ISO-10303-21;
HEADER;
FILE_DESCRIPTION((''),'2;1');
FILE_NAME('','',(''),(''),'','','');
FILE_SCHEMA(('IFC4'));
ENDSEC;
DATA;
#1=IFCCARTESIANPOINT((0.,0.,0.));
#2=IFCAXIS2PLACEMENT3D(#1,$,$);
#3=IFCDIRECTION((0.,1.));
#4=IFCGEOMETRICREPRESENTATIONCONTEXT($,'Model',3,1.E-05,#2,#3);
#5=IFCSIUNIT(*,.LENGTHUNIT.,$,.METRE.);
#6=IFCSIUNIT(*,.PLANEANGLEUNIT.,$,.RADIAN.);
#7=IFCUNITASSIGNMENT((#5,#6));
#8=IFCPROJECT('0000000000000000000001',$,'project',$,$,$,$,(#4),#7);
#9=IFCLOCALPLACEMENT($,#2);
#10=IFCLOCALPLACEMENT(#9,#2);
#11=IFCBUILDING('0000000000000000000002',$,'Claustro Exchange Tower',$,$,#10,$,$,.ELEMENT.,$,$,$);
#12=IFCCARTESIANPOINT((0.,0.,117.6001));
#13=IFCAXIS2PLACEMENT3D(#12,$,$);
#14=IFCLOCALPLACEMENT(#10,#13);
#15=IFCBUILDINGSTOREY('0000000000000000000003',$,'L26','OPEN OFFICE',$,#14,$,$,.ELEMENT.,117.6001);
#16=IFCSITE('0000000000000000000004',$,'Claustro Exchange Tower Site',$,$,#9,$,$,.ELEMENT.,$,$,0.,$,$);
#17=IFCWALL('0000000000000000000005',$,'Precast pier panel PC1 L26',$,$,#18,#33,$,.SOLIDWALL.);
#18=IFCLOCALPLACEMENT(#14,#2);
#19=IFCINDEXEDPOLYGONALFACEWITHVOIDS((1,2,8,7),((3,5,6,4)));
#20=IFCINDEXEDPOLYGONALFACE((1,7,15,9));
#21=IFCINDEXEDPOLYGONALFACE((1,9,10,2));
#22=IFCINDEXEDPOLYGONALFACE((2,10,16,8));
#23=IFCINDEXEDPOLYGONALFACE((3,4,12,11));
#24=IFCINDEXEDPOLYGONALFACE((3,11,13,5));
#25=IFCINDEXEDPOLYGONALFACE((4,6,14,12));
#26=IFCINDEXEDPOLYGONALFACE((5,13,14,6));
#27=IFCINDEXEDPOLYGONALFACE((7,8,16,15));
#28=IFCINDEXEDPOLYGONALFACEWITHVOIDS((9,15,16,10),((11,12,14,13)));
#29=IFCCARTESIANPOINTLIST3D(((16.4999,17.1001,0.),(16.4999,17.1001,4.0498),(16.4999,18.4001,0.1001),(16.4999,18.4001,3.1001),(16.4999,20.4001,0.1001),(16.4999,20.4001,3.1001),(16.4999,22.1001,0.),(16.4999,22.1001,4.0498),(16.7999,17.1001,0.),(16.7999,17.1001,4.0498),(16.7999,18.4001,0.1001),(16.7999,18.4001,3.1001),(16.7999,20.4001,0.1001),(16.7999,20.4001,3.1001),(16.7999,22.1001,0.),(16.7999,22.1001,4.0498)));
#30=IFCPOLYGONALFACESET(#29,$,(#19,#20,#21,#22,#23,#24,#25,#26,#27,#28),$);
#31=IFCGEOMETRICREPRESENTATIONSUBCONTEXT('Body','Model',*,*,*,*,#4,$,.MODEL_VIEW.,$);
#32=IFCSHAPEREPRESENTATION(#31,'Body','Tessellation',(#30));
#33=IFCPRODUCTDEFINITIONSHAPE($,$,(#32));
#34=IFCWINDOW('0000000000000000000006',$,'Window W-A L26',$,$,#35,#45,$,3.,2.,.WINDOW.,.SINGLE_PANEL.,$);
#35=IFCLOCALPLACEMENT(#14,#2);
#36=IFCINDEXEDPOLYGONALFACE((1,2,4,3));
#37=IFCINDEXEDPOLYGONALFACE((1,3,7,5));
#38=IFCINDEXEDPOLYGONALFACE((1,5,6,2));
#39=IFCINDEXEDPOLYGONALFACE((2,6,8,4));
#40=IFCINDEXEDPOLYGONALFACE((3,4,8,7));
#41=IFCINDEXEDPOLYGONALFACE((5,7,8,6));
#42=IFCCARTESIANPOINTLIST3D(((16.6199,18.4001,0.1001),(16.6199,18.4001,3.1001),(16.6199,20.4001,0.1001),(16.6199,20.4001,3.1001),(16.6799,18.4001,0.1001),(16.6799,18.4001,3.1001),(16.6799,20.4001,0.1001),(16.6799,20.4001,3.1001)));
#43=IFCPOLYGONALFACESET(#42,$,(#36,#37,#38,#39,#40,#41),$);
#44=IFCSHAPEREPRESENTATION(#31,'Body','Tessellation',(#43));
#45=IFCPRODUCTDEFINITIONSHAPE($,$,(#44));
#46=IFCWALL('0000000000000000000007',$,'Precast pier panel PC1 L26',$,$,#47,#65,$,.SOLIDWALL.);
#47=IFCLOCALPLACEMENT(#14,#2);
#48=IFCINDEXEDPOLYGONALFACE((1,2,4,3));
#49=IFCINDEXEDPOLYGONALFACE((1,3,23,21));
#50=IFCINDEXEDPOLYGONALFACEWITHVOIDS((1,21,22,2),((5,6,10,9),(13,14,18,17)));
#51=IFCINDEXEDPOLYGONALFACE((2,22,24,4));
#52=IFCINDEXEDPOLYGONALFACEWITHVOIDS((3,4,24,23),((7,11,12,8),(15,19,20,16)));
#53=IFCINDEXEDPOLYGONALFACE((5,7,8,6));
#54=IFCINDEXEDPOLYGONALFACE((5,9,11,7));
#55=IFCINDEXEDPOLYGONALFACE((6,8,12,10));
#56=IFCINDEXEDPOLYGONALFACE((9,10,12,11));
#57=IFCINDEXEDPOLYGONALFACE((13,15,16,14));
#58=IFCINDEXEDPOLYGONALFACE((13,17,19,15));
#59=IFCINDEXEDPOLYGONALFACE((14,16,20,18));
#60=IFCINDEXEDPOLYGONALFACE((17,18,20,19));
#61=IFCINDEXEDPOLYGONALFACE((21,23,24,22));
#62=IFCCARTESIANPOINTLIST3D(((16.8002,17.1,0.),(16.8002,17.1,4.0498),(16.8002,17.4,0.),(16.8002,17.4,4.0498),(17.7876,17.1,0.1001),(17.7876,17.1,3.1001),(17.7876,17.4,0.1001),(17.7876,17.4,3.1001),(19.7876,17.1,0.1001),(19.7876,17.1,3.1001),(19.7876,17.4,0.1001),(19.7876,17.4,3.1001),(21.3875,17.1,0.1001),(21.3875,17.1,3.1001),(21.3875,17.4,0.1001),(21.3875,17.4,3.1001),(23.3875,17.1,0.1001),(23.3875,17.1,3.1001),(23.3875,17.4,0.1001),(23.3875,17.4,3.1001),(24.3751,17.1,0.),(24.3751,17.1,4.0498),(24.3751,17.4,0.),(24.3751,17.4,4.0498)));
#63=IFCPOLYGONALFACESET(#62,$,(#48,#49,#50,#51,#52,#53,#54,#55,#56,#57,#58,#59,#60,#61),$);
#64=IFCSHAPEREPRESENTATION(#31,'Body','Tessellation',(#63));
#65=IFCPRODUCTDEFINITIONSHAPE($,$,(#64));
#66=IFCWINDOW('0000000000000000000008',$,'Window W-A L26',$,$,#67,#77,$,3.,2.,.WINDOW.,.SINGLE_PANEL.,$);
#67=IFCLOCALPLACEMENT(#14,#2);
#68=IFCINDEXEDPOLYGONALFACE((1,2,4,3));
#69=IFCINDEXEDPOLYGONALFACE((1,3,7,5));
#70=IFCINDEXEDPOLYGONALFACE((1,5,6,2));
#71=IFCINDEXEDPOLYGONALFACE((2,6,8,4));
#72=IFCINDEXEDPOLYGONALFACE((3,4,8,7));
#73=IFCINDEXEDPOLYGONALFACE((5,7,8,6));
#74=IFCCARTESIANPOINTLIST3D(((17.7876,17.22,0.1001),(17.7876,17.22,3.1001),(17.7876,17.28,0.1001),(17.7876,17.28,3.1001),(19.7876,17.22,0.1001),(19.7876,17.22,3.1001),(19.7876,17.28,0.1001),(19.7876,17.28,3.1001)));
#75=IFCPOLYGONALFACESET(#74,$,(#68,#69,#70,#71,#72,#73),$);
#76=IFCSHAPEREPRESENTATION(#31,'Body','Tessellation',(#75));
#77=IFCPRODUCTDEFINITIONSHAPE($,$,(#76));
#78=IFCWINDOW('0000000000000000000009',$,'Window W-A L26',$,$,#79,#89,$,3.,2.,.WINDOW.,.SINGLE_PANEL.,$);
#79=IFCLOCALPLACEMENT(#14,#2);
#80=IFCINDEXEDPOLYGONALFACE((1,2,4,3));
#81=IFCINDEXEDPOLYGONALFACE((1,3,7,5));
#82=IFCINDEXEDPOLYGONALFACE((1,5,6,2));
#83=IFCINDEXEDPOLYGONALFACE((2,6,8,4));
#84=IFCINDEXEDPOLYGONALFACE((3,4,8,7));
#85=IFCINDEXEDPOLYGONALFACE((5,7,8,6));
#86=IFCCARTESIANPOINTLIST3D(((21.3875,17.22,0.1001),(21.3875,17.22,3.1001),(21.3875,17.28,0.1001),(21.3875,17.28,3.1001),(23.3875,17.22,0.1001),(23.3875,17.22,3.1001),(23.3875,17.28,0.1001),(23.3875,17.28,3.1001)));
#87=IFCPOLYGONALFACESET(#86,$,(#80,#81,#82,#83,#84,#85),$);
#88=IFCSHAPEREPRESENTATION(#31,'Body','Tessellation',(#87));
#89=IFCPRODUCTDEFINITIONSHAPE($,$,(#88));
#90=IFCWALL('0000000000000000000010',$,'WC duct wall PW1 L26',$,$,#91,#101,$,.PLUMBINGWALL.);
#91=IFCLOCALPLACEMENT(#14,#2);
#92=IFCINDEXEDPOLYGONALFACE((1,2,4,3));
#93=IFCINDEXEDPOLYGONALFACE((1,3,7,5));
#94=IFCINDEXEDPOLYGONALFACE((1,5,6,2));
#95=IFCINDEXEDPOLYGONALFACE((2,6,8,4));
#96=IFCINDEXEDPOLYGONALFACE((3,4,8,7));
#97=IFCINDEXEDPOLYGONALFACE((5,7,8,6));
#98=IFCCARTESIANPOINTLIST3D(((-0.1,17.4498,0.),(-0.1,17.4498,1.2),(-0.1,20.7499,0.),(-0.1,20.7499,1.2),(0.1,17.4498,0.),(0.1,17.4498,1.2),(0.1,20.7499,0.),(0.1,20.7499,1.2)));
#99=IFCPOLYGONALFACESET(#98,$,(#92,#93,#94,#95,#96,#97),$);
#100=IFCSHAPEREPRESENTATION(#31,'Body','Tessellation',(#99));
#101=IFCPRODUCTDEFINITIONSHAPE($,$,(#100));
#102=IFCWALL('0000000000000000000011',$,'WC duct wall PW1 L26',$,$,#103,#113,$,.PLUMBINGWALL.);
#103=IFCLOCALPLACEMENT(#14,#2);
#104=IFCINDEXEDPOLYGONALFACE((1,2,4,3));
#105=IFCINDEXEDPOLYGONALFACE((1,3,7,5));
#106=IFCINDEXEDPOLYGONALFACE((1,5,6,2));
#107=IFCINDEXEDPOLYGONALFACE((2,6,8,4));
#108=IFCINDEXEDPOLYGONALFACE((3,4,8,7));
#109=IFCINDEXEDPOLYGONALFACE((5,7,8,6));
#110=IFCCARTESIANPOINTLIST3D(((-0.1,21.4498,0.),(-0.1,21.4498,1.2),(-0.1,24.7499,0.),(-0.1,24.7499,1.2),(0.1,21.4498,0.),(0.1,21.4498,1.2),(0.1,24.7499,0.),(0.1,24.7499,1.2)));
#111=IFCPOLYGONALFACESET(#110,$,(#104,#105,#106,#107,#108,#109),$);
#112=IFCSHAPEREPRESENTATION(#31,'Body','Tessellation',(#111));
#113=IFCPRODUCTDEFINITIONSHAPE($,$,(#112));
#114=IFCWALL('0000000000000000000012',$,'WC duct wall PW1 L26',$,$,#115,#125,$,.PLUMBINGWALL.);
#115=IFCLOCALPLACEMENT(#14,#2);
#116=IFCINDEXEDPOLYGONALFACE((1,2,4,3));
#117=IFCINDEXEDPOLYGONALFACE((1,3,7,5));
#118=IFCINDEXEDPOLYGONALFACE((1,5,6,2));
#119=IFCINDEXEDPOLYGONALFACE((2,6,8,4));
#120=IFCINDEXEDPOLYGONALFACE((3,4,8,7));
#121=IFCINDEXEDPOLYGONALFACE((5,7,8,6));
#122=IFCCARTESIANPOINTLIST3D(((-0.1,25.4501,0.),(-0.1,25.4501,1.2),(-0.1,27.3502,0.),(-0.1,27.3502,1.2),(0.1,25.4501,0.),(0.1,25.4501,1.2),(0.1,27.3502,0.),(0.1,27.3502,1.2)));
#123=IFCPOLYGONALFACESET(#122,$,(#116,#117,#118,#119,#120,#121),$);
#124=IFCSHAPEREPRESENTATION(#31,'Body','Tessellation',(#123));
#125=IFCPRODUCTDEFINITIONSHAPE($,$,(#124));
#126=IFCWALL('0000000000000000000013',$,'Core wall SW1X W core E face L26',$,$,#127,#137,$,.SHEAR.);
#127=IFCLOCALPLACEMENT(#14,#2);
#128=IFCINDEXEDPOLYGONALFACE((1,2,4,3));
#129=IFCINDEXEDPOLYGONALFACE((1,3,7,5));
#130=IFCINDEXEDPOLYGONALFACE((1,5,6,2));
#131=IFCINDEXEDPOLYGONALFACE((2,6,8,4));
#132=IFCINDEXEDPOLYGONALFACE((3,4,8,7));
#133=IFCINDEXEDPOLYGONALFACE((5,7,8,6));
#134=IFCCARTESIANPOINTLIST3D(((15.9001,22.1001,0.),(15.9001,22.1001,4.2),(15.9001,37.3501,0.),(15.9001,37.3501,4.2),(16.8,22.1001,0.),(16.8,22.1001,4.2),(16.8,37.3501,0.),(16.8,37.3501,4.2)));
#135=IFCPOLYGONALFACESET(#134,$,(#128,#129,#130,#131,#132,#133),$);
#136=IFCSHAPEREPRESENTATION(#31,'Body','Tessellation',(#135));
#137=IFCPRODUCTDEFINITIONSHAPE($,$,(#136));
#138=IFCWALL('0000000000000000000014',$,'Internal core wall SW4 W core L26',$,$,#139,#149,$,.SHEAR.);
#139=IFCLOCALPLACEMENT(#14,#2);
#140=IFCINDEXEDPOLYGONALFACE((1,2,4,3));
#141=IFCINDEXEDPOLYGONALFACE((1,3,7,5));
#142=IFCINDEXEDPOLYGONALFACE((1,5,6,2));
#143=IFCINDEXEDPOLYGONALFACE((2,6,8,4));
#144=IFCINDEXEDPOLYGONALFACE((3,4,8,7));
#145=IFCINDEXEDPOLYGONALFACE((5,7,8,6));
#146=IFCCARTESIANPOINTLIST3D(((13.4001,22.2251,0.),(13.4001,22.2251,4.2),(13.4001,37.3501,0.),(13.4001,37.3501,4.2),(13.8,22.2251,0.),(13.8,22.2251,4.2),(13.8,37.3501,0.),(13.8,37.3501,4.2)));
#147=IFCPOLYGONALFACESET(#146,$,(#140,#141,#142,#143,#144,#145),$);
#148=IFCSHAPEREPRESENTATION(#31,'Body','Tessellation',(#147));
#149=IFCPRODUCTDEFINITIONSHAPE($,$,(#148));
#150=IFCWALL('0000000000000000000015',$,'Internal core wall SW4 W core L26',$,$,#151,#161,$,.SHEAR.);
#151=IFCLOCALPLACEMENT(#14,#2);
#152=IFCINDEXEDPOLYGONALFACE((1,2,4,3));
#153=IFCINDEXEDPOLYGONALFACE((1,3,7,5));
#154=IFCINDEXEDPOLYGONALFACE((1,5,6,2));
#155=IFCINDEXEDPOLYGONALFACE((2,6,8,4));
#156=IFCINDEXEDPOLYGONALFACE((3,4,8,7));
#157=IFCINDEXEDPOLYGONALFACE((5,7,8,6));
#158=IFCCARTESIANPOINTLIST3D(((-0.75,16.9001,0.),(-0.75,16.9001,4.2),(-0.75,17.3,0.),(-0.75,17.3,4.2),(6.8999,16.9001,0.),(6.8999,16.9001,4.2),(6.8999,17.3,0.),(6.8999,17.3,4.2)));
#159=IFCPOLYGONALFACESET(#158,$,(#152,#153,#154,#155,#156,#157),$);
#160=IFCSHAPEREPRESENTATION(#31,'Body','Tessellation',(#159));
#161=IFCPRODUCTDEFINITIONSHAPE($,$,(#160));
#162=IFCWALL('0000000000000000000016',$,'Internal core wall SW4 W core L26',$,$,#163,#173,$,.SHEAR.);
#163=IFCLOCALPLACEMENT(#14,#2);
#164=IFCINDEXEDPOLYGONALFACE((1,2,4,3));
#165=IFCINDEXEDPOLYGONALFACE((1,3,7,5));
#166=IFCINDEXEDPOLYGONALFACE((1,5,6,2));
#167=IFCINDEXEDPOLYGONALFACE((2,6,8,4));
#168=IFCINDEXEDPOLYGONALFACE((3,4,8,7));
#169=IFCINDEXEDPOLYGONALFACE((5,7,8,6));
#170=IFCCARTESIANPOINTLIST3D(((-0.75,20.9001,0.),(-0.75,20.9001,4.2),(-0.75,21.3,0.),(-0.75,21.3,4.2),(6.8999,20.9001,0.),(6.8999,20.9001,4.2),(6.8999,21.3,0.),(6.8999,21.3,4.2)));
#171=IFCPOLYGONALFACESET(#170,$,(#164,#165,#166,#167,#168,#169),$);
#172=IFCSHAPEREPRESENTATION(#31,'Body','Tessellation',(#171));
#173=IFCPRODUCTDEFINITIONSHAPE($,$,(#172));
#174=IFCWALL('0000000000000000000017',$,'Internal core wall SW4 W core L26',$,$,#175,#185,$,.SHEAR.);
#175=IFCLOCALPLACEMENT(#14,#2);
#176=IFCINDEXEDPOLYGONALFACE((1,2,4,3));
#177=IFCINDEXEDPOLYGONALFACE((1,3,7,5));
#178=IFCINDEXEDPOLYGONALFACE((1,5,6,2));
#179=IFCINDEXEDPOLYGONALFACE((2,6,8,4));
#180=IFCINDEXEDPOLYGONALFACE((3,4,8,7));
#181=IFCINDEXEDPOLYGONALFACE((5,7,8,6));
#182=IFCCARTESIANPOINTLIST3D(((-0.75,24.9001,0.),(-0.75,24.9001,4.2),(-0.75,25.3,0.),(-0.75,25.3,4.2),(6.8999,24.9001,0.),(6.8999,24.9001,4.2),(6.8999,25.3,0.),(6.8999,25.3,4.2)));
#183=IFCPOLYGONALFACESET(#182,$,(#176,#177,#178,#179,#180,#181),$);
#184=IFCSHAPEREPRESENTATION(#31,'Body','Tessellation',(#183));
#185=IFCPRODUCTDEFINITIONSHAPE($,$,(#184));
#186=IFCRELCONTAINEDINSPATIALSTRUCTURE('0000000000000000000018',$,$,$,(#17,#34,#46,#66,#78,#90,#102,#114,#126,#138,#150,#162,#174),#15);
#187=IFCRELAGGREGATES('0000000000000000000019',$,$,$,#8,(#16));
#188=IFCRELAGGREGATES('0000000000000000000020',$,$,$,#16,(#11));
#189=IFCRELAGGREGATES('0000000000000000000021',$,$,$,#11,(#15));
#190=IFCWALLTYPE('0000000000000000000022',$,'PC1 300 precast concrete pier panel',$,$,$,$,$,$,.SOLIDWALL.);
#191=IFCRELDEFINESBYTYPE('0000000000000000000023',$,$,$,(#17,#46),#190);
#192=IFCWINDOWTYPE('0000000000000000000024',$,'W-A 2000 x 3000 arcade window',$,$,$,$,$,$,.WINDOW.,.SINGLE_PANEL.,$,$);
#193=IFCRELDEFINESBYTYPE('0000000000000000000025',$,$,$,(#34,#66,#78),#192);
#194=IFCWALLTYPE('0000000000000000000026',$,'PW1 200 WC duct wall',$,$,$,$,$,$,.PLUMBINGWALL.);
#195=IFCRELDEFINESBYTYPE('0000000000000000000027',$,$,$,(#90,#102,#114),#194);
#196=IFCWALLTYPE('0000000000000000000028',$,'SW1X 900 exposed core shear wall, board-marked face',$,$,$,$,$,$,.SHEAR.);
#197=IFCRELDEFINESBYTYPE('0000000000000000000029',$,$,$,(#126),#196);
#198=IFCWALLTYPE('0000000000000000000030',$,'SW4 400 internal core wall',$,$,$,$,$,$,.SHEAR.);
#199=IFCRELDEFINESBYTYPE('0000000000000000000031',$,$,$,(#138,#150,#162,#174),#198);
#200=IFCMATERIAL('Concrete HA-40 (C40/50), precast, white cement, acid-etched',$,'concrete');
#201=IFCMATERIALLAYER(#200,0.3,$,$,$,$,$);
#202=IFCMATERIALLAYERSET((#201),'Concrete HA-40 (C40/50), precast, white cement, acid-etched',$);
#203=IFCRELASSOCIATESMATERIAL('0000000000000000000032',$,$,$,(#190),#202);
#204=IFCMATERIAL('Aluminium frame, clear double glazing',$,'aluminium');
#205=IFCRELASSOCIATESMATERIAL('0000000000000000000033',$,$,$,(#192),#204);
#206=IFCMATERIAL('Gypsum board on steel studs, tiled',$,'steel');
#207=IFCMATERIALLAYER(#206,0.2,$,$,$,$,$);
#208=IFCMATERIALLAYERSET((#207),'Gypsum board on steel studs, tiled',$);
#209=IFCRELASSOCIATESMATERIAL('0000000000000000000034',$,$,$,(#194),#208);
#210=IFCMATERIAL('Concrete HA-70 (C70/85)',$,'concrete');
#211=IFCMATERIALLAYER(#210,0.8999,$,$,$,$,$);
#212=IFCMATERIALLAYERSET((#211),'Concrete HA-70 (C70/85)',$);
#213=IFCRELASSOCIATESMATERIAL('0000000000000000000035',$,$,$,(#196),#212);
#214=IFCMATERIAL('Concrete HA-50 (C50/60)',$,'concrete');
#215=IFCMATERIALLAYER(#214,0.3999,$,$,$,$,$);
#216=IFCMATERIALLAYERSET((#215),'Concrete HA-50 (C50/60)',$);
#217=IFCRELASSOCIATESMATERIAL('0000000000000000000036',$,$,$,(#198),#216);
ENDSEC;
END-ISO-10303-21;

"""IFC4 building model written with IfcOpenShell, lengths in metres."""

from ifc_helpers import new_model, si_unit, direction, frame, frame_2d, origin, place, context, subcontext, project, spatial, rectangle, extrude, material, layer, layer_set, type_object, element, fill, save


model = new_model("IFC4")

# Units and contexts
model_context = context("Model", 3, precision=1e-05, world=origin(), true_north=direction((0.0, 1.0)))
body_context = subcontext(model_context, "Body", "Model", "MODEL_VIEW")
ifc_project = project(units=[si_unit("LENGTHUNIT", "METRE"), si_unit("PLANEANGLEUNIT", "RADIAN")], contexts=[model_context])

# Site, building, storey
site_placement = place(None, origin())
site = spatial("IfcSite", under=ifc_project, at=site_placement, Name="Claustro Exchange Tower Site", CompositionType="ELEMENT", RefElevation=0.0)
building_placement = place(site_placement, origin())
building = spatial("IfcBuilding", under=site, at=building_placement, Name="Claustro Exchange Tower", CompositionType="ELEMENT")
storey_placement = place(building_placement, frame((0.0, 0.0, 117.6001)))
storey = spatial("IfcBuildingStorey", under=building, at=storey_placement, Name="L26", Description="OPEN OFFICE", CompositionType="ELEMENT", Elevation=117.6001)

# Wall, opening, window
ifc_material_1 = material(Name="Concrete HA-40 (C40/50), precast, white cement, acid-etched", Category="concrete")
ifc_layer_1 = layer(ifc_material_1, 0.3)
ifc_layer_set_1 = layer_set([ifc_layer_1], Name="Concrete HA-40 (C40/50), precast, white cement, acid-etched")
wall_type_1 = type_object("IfcWallType", Name="PC1 300 precast concrete pier panel", PredefinedType="SOLIDWALL", material=ifc_layer_set_1)
wall_1_placement = place(storey_placement, frame((16.6499, 17.1001, 0.0), z_axis=(0.0, 0.0, 1.0), x_axis=(0.0, 1.0, 0.0)))
wall_1 = element("IfcWall", 1, at=wall_1_placement, inside=storey, type_object=wall_type_1, Name="Precast pier panel PC1 L26", PredefinedType="SOLIDWALL", context=body_context, shape_type="SweptSolid", body=[
    extrude(rectangle(XDim=5.0, YDim=0.3, at=frame_2d((2.5, 0.0))), origin(), (0.0, 0.0, 1.0), 4.0498),
])
opening_1_placement = place(wall_1_placement, frame((1.3, 0.0, 0.1001)))
opening_1 = element("IfcOpeningElement", 2, at=opening_1_placement, cuts=wall_1, PredefinedType="OPENING", context=body_context, shape_type="SweptSolid", body=[
    extrude(rectangle(XDim=2.0, YDim=3.0, at=frame_2d((1.0, 1.5))), frame((0.0, 0.1599, 0.0), z_axis=(0.0, -1.0, 0.0), x_axis=(1.0, 0.0, 0.0)), (0.0, 0.0, 1.0), 0.3201),
])
ifc_material_2 = material(Name="Aluminium frame, clear double glazing", Category="aluminium")
window_type = type_object("IfcWindowType", Name="W-A 2000 x 3000 arcade window", PartitioningType="SINGLE_PANEL", PredefinedType="WINDOW", material=ifc_material_2)
window_1_placement = place(opening_1_placement, origin())
window_1 = element("IfcWindow", 3, at=window_1_placement, inside=storey, type_object=window_type, Name="Window W-A L26", OverallHeight=3.0, OverallWidth=2.0, PartitioningType="SINGLE_PANEL", PredefinedType="WINDOW", context=body_context, shape_type="SweptSolid", body=[
    extrude(rectangle(XDim=2.0, YDim=3.0, at=frame_2d((1.0, 1.5))), frame((0.0, 0.03, 0.0), z_axis=(0.0, -1.0, 0.0), x_axis=(1.0, 0.0, 0.0)), (0.0, 0.0, 1.0), 0.0601),
])
fill(opening_1, window_1)

# Wall, openings, windows
wall_2_placement = place(storey_placement, frame((16.8, 17.25, 0.0), z_axis=(0.0, 0.0, 1.0), x_axis=(1.0, 0.0, 0.0)))
wall_2 = element("IfcWall", 4, at=wall_2_placement, inside=storey, type_object=wall_type_1, Name="Precast pier panel PC1 L26", PredefinedType="SOLIDWALL", context=body_context, shape_type="SweptSolid", body=[
    extrude(rectangle(XDim=7.575, YDim=0.3, at=frame_2d((3.7876, 0.0))), origin(), (0.0, 0.0, 1.0), 4.0498),
])
opening_2_placement = place(wall_2_placement, frame((0.9875, 0.0, 0.1001)))
opening_2 = element("IfcOpeningElement", 5, at=opening_2_placement, cuts=wall_2, PredefinedType="OPENING", context=body_context, shape_type="SweptSolid", body=[
    extrude(rectangle(XDim=2.0, YDim=3.0, at=frame_2d((1.0, 1.5))), frame((0.0, 0.1599, 0.0), z_axis=(0.0, -1.0, 0.0), x_axis=(1.0, 0.0, 0.0)), (0.0, 0.0, 1.0), 0.3201),
])
opening_3_placement = place(wall_2_placement, frame((4.5874, 0.0, 0.1001)))
opening_3 = element("IfcOpeningElement", 6, at=opening_3_placement, cuts=wall_2, PredefinedType="OPENING", context=body_context, shape_type="SweptSolid", body=[
    extrude(rectangle(XDim=2.0, YDim=3.0, at=frame_2d((1.0, 1.5))), frame((0.0, 0.1599, 0.0), z_axis=(0.0, -1.0, 0.0), x_axis=(1.0, 0.0, 0.0)), (0.0, 0.0, 1.0), 0.3201),
])
window_2_placement = place(opening_2_placement, origin())
window_2 = element("IfcWindow", 7, at=window_2_placement, inside=storey, type_object=window_type, Name="Window W-A L26", OverallHeight=3.0, OverallWidth=2.0, PartitioningType="SINGLE_PANEL", PredefinedType="WINDOW", context=body_context, shape_type="SweptSolid", body=[
    extrude(rectangle(XDim=2.0, YDim=3.0, at=frame_2d((1.0, 1.5))), frame((0.0, 0.03, 0.0), z_axis=(0.0, -1.0, 0.0), x_axis=(1.0, 0.0, 0.0)), (0.0, 0.0, 1.0), 0.0601),
])
fill(opening_2, window_2)
window_3_placement = place(opening_3_placement, origin())
window_3 = element("IfcWindow", 8, at=window_3_placement, inside=storey, type_object=window_type, Name="Window W-A L26", OverallHeight=3.0, OverallWidth=2.0, PartitioningType="SINGLE_PANEL", PredefinedType="WINDOW", context=body_context, shape_type="SweptSolid", body=[
    extrude(rectangle(XDim=2.0, YDim=3.0, at=frame_2d((1.0, 1.5))), frame((0.0, 0.03, 0.0), z_axis=(0.0, -1.0, 0.0), x_axis=(1.0, 0.0, 0.0)), (0.0, 0.0, 1.0), 0.0601),
])
fill(opening_3, window_3)

# Walls
ifc_material_3 = material(Name="Gypsum board on steel studs, tiled", Category="steel")
ifc_layer_2 = layer(ifc_material_3, 0.2)
ifc_layer_set_2 = layer_set([ifc_layer_2], Name="Gypsum board on steel studs, tiled")
wall_type_2 = type_object("IfcWallType", Name="PW1 200 WC duct wall", PredefinedType="PLUMBINGWALL", material=ifc_layer_set_2)
for number, where, z_axis, x_axis, name in (
    (9, (0.0, 17.45, 0.0), (0.0, 0.0, 1.0), (0.0, 1.0, 0.0), "WC duct wall PW1 L26"),
    (10, (0.0, 21.45, 0.0), (0.0, 0.0, 1.0), (0.0, 1.0, 0.0), "WC duct wall PW1 L26"),
):
    element("IfcWall", number, at=place(storey_placement, frame(where, z_axis=z_axis, x_axis=x_axis)), inside=storey, type_object=wall_type_2, Name=name, PredefinedType="PLUMBINGWALL", context=body_context, shape_type="SweptSolid", body=[
        extrude(rectangle(XDim=3.3, YDim=0.2, at=frame_2d((1.6499, 0.0))), origin(), (0.0, 0.0, 1.0), 1.2),
    ])
wall_3_placement = place(storey_placement, frame((0.0, 25.45, 0.0), z_axis=(0.0, 0.0, 1.0), x_axis=(0.0, 1.0, 0.0)))
element("IfcWall", 11, at=wall_3_placement, inside=storey, type_object=wall_type_2, Name="WC duct wall PW1 L26", PredefinedType="PLUMBINGWALL", context=body_context, shape_type="SweptSolid", body=[
    extrude(rectangle(XDim=1.9001, YDim=0.2, at=frame_2d((0.9502, 0.0))), origin(), (0.0, 0.0, 1.0), 1.2),
])
ifc_material_4 = material(Name="Concrete HA-70 (C70/85)", Category="concrete")
ifc_layer_3 = layer(ifc_material_4, 0.8999)
ifc_layer_set_3 = layer_set([ifc_layer_3], Name="Concrete HA-70 (C70/85)")
wall_type_3 = type_object("IfcWallType", Name="SW1X 900 exposed core shear wall, board-marked face", PredefinedType="SHEAR", material=ifc_layer_set_3)
wall_4_placement = place(storey_placement, frame((16.3501, 22.1001, 0.0), z_axis=(0.0, 0.0, 1.0), x_axis=(0.0, 1.0, 0.0)))
element("IfcWall", 12, at=wall_4_placement, inside=storey, type_object=wall_type_3, Name="Core wall SW1X W core E face L26", PredefinedType="SHEAR", context=body_context, shape_type="SweptSolid", body=[
    extrude(rectangle(XDim=15.25, YDim=0.8999, at=frame_2d((7.625, 0.0))), origin(), (0.0, 0.0, 1.0), 4.2),
])
ifc_material_5 = material(Name="Concrete HA-50 (C50/60)", Category="concrete")
ifc_layer_4 = layer(ifc_material_5, 0.3999)
ifc_layer_set_4 = layer_set([ifc_layer_4], Name="Concrete HA-50 (C50/60)")
wall_type_4 = type_object("IfcWallType", Name="SW4 400 internal core wall", PredefinedType="SHEAR", material=ifc_layer_set_4)
wall_5_placement = place(storey_placement, frame((13.6001, 22.2251, 0.0), z_axis=(0.0, 0.0, 1.0), x_axis=(0.0, 1.0, 0.0)))
element("IfcWall", 13, at=wall_5_placement, inside=storey, type_object=wall_type_4, Name="Internal core wall SW4 W core L26", PredefinedType="SHEAR", context=body_context, shape_type="SweptSolid", body=[
    extrude(rectangle(XDim=15.125, YDim=0.3999, at=frame_2d((7.5625, 0.0))), origin(), (0.0, 0.0, 1.0), 4.2),
])
for number, where, z_axis, x_axis, name in (
    (14, (-0.75, 17.1001, 0.0), (0.0, 0.0, 1.0), (1.0, 0.0, 0.0), "Internal core wall SW4 W core L26"),
    (15, (-0.75, 21.1001, 0.0), (0.0, 0.0, 1.0), (1.0, 0.0, 0.0), "Internal core wall SW4 W core L26"),
    (16, (-0.75, 25.1001, 0.0), (0.0, 0.0, 1.0), (1.0, 0.0, 0.0), "Internal core wall SW4 W core L26"),
):
    element("IfcWall", number, at=place(storey_placement, frame(where, z_axis=z_axis, x_axis=x_axis)), inside=storey, type_object=wall_type_4, Name=name, PredefinedType="SHEAR", context=body_context, shape_type="SweptSolid", body=[
        extrude(rectangle(XDim=7.6499, YDim=0.3999, at=frame_2d((3.825, 0.0))), origin(), (0.0, 0.0, 1.0), 4.2),
    ])

save(model, "model.ifc")
